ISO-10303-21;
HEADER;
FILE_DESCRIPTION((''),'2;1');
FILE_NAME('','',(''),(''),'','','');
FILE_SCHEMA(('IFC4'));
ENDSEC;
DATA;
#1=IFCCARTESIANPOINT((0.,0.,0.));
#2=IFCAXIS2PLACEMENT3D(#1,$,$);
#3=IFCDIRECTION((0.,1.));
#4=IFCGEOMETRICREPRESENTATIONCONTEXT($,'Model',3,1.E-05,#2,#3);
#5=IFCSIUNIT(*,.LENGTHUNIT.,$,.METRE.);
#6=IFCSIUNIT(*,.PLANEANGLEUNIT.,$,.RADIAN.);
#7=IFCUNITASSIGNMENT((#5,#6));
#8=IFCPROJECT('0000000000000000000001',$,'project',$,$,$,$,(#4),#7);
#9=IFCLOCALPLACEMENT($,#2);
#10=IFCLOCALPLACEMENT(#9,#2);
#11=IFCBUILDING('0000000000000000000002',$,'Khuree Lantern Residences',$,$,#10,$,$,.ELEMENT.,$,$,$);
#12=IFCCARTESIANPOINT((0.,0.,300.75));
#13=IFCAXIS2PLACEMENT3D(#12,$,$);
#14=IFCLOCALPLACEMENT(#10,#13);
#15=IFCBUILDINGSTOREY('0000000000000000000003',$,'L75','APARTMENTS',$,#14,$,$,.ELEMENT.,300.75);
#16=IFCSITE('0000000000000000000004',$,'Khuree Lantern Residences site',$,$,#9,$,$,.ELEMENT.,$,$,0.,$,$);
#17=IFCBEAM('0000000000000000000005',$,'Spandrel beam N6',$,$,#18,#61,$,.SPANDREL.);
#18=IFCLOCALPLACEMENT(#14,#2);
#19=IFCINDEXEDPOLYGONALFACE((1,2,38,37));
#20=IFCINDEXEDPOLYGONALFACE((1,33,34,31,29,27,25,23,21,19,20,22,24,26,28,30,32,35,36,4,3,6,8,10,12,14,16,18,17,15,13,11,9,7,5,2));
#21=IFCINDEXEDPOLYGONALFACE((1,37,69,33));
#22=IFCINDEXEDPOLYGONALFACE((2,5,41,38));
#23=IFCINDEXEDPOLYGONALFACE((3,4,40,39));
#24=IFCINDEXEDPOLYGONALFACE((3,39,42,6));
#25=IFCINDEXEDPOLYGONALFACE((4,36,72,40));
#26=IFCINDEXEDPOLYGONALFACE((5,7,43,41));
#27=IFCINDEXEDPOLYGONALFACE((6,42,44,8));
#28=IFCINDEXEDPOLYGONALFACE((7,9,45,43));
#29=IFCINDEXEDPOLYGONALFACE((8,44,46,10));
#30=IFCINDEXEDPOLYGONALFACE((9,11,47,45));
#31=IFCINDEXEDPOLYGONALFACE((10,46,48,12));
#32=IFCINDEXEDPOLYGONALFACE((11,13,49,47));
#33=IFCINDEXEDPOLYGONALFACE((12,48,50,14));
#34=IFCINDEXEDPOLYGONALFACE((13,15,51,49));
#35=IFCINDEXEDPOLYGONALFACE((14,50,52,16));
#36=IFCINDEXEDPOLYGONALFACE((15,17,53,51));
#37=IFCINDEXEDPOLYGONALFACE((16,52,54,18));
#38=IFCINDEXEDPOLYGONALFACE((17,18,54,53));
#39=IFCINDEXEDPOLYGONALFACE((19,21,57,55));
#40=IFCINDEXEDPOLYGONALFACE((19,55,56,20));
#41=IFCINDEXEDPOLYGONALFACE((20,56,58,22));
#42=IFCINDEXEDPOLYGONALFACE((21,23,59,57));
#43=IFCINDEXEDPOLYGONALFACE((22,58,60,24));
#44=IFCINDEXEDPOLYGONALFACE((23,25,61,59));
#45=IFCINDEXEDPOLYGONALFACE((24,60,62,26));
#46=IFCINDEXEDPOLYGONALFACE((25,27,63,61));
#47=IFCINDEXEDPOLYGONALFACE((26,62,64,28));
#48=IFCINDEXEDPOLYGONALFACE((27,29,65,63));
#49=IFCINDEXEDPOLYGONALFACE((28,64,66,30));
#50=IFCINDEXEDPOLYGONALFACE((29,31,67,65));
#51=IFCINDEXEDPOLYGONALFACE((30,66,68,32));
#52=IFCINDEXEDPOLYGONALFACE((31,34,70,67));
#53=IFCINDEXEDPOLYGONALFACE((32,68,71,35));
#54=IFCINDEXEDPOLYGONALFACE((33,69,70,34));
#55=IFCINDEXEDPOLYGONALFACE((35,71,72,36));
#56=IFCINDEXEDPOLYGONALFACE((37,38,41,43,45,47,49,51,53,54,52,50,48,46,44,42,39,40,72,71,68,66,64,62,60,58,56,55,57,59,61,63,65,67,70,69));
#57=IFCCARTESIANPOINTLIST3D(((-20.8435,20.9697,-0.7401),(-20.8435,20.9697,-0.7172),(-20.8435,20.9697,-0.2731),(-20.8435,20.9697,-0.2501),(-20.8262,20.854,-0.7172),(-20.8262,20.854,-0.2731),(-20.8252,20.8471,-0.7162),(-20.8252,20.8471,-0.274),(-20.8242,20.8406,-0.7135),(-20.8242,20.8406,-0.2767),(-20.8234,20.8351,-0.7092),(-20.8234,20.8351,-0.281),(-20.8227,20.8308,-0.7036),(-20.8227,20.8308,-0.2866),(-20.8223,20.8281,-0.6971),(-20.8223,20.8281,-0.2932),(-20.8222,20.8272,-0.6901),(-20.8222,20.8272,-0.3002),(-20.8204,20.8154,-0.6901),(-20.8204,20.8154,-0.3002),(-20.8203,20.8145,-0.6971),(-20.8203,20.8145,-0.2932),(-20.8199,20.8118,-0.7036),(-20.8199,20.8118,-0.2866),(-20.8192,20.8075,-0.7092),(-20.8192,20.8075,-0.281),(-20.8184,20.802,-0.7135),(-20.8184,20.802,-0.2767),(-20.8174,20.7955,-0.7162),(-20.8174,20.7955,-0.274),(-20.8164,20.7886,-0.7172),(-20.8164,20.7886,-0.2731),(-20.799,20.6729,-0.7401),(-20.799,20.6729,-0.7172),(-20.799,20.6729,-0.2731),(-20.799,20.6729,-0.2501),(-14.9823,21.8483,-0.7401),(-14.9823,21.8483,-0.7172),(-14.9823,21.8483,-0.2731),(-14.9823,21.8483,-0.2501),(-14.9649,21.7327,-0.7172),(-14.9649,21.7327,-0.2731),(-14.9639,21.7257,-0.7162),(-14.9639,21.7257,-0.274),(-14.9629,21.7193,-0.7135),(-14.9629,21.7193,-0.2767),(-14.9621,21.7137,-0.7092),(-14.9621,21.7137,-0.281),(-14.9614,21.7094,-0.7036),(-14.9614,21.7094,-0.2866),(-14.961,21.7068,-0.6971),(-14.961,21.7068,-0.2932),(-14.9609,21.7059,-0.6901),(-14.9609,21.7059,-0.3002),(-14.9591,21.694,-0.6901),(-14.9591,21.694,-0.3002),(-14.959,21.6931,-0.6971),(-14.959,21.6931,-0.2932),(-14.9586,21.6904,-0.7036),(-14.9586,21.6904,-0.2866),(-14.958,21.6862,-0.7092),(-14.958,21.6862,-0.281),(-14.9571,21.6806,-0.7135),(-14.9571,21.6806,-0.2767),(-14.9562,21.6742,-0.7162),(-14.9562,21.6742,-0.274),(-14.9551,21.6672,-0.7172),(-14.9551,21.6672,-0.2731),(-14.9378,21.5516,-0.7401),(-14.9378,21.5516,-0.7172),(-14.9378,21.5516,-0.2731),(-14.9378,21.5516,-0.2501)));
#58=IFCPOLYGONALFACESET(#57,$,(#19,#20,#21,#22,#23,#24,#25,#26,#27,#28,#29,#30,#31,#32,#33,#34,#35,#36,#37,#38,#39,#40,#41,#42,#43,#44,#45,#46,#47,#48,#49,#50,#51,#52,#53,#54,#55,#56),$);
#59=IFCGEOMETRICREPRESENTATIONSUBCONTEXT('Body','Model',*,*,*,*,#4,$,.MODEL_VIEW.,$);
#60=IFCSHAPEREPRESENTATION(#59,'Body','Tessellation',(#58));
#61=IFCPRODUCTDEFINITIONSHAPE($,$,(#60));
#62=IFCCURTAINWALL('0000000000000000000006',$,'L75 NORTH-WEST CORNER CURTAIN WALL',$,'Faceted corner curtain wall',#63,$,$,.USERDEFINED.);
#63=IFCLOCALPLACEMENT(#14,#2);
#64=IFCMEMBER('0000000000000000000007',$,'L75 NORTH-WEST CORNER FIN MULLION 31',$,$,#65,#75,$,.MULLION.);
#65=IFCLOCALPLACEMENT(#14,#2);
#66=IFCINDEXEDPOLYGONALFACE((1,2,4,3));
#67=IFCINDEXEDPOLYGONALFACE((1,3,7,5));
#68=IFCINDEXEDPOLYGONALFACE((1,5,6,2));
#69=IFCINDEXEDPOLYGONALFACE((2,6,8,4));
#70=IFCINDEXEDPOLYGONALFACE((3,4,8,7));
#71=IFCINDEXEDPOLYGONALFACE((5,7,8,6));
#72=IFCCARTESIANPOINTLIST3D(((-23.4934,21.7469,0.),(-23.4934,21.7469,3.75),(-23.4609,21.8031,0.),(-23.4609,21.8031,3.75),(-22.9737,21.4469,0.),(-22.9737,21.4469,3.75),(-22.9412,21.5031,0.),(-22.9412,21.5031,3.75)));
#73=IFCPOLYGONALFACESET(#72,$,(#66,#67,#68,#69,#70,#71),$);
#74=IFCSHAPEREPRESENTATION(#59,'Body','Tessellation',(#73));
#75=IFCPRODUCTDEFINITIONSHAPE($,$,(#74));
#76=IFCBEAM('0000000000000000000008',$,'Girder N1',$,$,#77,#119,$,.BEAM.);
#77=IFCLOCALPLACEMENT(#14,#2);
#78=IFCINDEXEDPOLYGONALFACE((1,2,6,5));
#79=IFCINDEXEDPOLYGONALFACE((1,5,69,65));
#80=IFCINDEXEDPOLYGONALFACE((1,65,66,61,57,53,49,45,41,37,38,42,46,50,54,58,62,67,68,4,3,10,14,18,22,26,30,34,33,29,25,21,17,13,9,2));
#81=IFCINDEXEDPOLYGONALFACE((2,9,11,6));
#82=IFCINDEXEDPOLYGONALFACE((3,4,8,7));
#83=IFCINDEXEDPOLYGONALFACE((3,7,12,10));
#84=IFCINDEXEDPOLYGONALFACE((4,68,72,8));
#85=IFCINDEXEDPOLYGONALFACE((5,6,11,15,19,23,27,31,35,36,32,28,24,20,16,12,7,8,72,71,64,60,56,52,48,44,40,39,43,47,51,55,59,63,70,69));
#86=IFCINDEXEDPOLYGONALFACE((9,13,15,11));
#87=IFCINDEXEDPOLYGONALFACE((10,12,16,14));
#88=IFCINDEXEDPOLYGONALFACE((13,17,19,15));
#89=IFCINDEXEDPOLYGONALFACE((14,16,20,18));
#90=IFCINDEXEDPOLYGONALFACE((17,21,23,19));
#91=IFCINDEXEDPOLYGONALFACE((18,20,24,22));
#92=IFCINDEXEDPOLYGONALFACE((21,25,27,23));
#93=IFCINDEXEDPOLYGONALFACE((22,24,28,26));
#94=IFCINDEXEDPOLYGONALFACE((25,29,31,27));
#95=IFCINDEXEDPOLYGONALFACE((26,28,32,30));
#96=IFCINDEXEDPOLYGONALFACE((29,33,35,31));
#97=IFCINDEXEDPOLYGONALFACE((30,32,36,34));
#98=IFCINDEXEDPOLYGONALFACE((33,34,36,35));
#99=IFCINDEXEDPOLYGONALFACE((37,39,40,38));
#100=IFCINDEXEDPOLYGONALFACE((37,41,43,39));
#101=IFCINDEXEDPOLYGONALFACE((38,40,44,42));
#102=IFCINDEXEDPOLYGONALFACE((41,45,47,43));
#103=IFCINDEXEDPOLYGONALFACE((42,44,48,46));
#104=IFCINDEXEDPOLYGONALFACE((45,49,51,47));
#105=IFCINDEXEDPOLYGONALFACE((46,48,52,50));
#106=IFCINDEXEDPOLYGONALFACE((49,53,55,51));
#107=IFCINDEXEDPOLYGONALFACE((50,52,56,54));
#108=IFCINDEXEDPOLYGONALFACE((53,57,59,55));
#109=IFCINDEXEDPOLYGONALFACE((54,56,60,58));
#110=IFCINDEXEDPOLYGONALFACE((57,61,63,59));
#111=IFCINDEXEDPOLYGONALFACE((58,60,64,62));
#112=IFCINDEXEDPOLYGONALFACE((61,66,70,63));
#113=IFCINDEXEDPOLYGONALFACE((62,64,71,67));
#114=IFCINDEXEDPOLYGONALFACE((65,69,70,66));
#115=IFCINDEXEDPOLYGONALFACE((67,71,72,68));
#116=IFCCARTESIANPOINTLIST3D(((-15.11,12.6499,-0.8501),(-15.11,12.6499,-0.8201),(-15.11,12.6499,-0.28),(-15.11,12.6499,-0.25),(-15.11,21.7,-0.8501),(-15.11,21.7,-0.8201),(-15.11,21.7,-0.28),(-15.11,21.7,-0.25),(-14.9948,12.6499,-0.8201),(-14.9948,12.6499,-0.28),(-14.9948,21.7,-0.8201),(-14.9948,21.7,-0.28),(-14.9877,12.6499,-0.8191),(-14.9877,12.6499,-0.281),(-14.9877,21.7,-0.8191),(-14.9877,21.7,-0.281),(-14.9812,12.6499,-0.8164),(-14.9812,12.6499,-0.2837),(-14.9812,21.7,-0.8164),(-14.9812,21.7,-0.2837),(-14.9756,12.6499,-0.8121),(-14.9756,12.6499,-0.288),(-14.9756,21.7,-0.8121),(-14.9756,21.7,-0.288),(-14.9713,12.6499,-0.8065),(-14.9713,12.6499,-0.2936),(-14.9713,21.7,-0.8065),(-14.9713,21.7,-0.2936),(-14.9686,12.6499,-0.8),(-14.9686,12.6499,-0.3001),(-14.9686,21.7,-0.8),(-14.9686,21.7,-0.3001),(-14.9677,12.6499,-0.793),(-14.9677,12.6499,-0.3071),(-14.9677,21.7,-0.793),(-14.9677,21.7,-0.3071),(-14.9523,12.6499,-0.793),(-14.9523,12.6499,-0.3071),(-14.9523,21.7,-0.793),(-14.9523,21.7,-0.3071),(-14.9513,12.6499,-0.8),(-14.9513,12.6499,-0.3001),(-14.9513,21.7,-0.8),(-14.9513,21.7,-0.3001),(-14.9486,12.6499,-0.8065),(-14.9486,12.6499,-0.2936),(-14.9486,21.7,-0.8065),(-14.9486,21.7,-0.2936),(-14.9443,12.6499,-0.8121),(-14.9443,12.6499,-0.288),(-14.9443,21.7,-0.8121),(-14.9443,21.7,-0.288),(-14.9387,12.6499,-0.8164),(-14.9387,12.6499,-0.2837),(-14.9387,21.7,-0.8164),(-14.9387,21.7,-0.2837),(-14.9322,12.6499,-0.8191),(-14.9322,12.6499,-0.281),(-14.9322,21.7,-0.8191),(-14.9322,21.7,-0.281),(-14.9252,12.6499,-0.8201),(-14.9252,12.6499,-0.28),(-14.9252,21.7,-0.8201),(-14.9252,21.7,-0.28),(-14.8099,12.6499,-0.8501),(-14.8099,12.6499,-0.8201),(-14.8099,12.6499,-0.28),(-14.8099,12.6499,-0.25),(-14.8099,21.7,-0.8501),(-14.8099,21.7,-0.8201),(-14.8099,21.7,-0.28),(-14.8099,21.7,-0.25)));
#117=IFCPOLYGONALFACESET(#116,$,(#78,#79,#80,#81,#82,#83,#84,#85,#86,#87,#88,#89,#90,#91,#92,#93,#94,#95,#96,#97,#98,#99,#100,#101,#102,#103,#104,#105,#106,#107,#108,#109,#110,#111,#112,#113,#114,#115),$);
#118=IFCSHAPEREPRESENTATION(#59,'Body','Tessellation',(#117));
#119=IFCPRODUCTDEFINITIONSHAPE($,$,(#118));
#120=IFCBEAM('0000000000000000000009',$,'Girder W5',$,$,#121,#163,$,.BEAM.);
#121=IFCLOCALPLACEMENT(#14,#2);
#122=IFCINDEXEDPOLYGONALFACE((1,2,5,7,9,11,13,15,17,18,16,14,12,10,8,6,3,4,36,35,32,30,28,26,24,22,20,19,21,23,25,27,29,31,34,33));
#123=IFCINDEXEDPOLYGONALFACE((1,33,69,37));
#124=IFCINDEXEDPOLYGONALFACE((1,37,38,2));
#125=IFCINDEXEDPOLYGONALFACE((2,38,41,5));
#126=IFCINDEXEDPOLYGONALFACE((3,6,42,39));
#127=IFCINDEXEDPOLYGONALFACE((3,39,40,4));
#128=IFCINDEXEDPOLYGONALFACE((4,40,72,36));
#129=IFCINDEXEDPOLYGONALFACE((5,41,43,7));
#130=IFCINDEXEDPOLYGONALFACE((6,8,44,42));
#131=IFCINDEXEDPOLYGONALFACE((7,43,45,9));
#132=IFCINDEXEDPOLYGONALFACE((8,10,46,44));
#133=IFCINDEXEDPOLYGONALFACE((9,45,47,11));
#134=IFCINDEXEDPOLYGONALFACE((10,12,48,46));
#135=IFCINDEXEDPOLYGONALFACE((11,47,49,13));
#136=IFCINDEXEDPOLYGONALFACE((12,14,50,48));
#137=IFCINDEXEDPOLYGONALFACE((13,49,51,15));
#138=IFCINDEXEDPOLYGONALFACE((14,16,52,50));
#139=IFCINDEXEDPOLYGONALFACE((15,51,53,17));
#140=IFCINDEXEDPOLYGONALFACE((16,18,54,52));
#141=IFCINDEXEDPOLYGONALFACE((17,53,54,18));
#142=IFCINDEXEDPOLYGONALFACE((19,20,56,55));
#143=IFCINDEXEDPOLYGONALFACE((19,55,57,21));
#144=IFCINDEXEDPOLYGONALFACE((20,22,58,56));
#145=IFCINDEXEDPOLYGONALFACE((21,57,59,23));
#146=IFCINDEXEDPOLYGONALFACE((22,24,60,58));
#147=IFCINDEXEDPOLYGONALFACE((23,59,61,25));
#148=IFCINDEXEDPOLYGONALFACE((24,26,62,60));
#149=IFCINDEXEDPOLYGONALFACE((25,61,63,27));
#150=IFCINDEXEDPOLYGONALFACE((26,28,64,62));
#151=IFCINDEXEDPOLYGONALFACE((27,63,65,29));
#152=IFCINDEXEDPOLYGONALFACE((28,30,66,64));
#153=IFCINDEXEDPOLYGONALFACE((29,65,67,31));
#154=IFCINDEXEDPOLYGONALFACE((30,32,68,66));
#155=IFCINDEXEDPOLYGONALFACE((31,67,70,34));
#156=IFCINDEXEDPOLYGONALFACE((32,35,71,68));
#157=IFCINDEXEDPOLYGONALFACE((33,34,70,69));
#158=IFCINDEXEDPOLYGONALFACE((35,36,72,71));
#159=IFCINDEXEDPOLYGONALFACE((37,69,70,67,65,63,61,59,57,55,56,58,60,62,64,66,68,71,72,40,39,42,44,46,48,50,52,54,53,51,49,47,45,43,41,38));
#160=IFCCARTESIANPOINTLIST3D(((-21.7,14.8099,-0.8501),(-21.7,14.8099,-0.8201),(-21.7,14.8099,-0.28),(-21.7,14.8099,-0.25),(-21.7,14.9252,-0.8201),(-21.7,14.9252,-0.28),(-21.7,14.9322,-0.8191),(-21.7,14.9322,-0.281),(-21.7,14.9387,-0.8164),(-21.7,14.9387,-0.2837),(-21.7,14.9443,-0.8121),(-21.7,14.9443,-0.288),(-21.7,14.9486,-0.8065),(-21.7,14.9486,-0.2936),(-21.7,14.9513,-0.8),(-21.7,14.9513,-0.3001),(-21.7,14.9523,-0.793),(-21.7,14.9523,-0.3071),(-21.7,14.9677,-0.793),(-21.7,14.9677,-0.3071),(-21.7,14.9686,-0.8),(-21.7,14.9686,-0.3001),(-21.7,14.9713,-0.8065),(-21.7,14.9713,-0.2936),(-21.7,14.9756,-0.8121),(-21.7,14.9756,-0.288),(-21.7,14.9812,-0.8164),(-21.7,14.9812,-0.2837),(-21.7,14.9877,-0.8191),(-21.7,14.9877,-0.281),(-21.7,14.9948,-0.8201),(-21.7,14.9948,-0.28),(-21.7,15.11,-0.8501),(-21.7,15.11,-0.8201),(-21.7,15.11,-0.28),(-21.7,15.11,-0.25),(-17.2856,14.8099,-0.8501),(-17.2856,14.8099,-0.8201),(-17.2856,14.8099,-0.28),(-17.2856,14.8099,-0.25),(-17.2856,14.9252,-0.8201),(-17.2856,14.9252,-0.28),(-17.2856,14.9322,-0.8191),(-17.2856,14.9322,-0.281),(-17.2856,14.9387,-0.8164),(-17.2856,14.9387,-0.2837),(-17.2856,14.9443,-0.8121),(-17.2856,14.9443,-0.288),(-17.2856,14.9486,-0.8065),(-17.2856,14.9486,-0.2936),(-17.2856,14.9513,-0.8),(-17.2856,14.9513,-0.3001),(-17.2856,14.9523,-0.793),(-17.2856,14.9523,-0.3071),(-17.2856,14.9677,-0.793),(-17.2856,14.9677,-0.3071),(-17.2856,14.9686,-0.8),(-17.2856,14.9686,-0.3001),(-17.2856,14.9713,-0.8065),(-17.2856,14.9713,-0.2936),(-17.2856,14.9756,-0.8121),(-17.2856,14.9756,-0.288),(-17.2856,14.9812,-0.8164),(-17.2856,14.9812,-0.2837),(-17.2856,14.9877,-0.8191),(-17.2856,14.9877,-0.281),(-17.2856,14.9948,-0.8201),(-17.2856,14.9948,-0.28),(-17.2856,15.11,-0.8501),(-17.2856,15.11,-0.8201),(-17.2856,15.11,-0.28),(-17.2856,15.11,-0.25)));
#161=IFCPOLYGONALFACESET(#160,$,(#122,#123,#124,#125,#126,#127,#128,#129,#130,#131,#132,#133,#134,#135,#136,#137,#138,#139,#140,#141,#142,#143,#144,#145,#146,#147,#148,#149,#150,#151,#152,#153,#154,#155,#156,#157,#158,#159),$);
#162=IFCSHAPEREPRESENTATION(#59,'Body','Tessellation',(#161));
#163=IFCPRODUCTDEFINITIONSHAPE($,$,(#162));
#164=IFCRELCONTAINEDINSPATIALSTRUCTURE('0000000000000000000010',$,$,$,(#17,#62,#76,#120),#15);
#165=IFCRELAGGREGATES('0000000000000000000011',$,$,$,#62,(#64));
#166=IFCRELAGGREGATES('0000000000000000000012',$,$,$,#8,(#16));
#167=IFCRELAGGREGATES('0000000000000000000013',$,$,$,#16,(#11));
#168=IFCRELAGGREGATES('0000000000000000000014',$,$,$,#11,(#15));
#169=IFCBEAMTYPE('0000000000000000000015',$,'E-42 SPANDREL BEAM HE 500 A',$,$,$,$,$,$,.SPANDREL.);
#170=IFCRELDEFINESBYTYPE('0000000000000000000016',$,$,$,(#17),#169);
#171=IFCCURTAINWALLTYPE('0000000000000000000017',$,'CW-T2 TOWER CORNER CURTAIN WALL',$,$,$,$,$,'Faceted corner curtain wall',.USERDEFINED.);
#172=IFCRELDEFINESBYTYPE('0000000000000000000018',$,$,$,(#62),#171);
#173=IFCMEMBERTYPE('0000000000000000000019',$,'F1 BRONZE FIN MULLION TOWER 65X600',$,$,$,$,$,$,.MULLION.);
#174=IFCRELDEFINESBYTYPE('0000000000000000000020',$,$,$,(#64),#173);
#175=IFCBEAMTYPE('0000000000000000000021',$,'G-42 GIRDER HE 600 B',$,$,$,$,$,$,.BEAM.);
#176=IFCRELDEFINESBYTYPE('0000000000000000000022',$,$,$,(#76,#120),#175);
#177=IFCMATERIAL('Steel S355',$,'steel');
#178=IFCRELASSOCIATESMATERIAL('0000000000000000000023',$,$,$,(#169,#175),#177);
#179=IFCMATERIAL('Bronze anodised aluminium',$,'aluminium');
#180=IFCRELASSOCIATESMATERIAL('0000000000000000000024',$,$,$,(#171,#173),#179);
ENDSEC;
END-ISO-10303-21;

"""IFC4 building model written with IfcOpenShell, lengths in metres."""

from ifc_helpers import new_model, si_unit, direction, frame, origin, origin_2d, place, context, subcontext, project, spatial, rectangle, i_section, extrude, material, material_profile, profile_set, type_object, element, aggregate, save


model = new_model("IFC4")

# Units and contexts
model_context = context("Model", 3, precision=1e-05, world=origin(), true_north=direction((0.0, 1.0)))
body_context = subcontext(model_context, "Body", "Model", "MODEL_VIEW")
ifc_project = project(units=[si_unit("LENGTHUNIT", "METRE"), si_unit("PLANEANGLEUNIT", "RADIAN")], contexts=[model_context])

# Site, building, storey
site_placement = place(None, origin())
site = spatial("IfcSite", under=ifc_project, at=site_placement, Name="Khuree Lantern Residences site", CompositionType="ELEMENT", RefElevation=0.0)
building_placement = place(site_placement, origin())
building = spatial("IfcBuilding", under=site, at=building_placement, Name="Khuree Lantern Residences", CompositionType="ELEMENT")
storey_placement = place(building_placement, frame((0.0, 0.0, 300.75)))
storey = spatial("IfcBuildingStorey", under=building, at=storey_placement, Name="L75", Description="APARTMENTS", CompositionType="ELEMENT", Elevation=300.75)

# Beam
ifc_material_1 = material(Name="Steel S355", Category="steel")
ifc_material_profile_1 = material_profile(ifc_material_1, i_section(OverallWidth=0.3, OverallDepth=0.49, WebThickness=0.012, FlangeThickness=0.0229, FilletRadius=0.0271, at=origin_2d()), Name="HE 500 A")
ifc_profile_set_1 = profile_set([ifc_material_profile_1], Name="Steel S355")
beam_type_1 = type_object("IfcBeamType", Name="E-42 SPANDREL BEAM HE 500 A", PredefinedType="SPANDREL", material=ifc_profile_set_1)
for number, where, z_axis, x_axis, name in (
    (1, (-20.8213, 20.8213, -0.4951), (0.98895, 0.148252, 0.0), (-0.148252, 0.98895, 0.0), "Spandrel beam N6"),
):
    element("IfcBeam", number, at=place(storey_placement, frame(where, z_axis=z_axis, x_axis=x_axis)), inside=storey, type_object=beam_type_1, Name=name, PredefinedType="SPANDREL", context=body_context, shape_type="SweptSolid", body=[
        extrude(i_section(OverallWidth=0.3, OverallDepth=0.49, WebThickness=0.012, FlangeThickness=0.0229, FilletRadius=0.0271, at=origin_2d()), origin(), (0.0, 0.0, 1.0), 5.9268),
    ])

# Curtain wall, member
ifc_material_2 = material(Name="Bronze anodised aluminium", Category="aluminium")
curtain_wall_type_1 = type_object("IfcCurtainWallType", Name="CW-T2 TOWER CORNER CURTAIN WALL", ElementType="Faceted corner curtain wall", PredefinedType="USERDEFINED", material=ifc_material_2)
curtain_wall_1_placement = place(storey_placement, origin())
curtain_wall_1 = element("IfcCurtainWall", 2, at=curtain_wall_1_placement, inside=storey, type_object=curtain_wall_type_1, Name="L75 NORTH-WEST CORNER CURTAIN WALL", ObjectType="Faceted corner curtain wall", PredefinedType="USERDEFINED")
ifc_material_profile_2 = material_profile(ifc_material_2, rectangle(XDim=0.0649, YDim=0.6001, at=origin_2d()), Name="F1 65X600")
ifc_profile_set_2 = profile_set([ifc_material_profile_2], Name="Bronze anodised aluminium")
member_type_1 = type_object("IfcMemberType", Name="F1 BRONZE FIN MULLION TOWER 65X600", PredefinedType="MULLION", material=ifc_profile_set_2)
member_1_placement = place(storey_placement, frame((-23.2173, 21.625, 0.0), z_axis=(0.0, 0.0, 1.0), x_axis=(-0.5, -0.866025, 0.0)))
member_1 = element("IfcMember", 3, at=member_1_placement, type_object=member_type_1, Name="L75 NORTH-WEST CORNER FIN MULLION 31", PredefinedType="MULLION", context=body_context, shape_type="SweptSolid", body=[
    extrude(rectangle(XDim=0.0649, YDim=0.6001, at=origin_2d()), origin(), (0.0, 0.0, 1.0), 3.75),
])

# Beams
ifc_material_profile_3 = material_profile(ifc_material_1, i_section(OverallWidth=0.3, OverallDepth=0.6001, WebThickness=0.0154, FlangeThickness=0.03, FilletRadius=0.0271, at=origin_2d()), Name="HE 600 B")
ifc_profile_set_3 = profile_set([ifc_material_profile_3], Name="Steel S355")
beam_type_2 = type_object("IfcBeamType", Name="G-42 GIRDER HE 600 B", PredefinedType="BEAM", material=ifc_profile_set_3)
beam_1_placement = place(storey_placement, frame((-14.96, 21.7, -0.55), z_axis=(0.0, -1.0, 0.0), x_axis=(1.0, 0.0, 0.0)))
element("IfcBeam", 4, at=beam_1_placement, inside=storey, type_object=beam_type_2, Name="Girder N1", PredefinedType="BEAM", context=body_context, shape_type="SweptSolid", body=[
    extrude(i_section(OverallWidth=0.3, OverallDepth=0.6001, WebThickness=0.0154, FlangeThickness=0.03, FilletRadius=0.0271, at=origin_2d()), origin(), (0.0, 0.0, 1.0), 9.05),
])
beam_2_placement = place(storey_placement, frame((-21.7, 14.96, -0.55), z_axis=(1.0, 0.0, 0.0), x_axis=(0.0, 1.0, 0.0)))
element("IfcBeam", 5, at=beam_2_placement, inside=storey, type_object=beam_type_2, Name="Girder W5", PredefinedType="BEAM", context=body_context, shape_type="SweptSolid", body=[
    extrude(i_section(OverallWidth=0.3, OverallDepth=0.6001, WebThickness=0.0154, FlangeThickness=0.03, FilletRadius=0.0271, at=origin_2d()), origin(), (0.0, 0.0, 1.0), 4.4143),
])

aggregate(curtain_wall_1, [member_1])

save(model, "model.ifc")
